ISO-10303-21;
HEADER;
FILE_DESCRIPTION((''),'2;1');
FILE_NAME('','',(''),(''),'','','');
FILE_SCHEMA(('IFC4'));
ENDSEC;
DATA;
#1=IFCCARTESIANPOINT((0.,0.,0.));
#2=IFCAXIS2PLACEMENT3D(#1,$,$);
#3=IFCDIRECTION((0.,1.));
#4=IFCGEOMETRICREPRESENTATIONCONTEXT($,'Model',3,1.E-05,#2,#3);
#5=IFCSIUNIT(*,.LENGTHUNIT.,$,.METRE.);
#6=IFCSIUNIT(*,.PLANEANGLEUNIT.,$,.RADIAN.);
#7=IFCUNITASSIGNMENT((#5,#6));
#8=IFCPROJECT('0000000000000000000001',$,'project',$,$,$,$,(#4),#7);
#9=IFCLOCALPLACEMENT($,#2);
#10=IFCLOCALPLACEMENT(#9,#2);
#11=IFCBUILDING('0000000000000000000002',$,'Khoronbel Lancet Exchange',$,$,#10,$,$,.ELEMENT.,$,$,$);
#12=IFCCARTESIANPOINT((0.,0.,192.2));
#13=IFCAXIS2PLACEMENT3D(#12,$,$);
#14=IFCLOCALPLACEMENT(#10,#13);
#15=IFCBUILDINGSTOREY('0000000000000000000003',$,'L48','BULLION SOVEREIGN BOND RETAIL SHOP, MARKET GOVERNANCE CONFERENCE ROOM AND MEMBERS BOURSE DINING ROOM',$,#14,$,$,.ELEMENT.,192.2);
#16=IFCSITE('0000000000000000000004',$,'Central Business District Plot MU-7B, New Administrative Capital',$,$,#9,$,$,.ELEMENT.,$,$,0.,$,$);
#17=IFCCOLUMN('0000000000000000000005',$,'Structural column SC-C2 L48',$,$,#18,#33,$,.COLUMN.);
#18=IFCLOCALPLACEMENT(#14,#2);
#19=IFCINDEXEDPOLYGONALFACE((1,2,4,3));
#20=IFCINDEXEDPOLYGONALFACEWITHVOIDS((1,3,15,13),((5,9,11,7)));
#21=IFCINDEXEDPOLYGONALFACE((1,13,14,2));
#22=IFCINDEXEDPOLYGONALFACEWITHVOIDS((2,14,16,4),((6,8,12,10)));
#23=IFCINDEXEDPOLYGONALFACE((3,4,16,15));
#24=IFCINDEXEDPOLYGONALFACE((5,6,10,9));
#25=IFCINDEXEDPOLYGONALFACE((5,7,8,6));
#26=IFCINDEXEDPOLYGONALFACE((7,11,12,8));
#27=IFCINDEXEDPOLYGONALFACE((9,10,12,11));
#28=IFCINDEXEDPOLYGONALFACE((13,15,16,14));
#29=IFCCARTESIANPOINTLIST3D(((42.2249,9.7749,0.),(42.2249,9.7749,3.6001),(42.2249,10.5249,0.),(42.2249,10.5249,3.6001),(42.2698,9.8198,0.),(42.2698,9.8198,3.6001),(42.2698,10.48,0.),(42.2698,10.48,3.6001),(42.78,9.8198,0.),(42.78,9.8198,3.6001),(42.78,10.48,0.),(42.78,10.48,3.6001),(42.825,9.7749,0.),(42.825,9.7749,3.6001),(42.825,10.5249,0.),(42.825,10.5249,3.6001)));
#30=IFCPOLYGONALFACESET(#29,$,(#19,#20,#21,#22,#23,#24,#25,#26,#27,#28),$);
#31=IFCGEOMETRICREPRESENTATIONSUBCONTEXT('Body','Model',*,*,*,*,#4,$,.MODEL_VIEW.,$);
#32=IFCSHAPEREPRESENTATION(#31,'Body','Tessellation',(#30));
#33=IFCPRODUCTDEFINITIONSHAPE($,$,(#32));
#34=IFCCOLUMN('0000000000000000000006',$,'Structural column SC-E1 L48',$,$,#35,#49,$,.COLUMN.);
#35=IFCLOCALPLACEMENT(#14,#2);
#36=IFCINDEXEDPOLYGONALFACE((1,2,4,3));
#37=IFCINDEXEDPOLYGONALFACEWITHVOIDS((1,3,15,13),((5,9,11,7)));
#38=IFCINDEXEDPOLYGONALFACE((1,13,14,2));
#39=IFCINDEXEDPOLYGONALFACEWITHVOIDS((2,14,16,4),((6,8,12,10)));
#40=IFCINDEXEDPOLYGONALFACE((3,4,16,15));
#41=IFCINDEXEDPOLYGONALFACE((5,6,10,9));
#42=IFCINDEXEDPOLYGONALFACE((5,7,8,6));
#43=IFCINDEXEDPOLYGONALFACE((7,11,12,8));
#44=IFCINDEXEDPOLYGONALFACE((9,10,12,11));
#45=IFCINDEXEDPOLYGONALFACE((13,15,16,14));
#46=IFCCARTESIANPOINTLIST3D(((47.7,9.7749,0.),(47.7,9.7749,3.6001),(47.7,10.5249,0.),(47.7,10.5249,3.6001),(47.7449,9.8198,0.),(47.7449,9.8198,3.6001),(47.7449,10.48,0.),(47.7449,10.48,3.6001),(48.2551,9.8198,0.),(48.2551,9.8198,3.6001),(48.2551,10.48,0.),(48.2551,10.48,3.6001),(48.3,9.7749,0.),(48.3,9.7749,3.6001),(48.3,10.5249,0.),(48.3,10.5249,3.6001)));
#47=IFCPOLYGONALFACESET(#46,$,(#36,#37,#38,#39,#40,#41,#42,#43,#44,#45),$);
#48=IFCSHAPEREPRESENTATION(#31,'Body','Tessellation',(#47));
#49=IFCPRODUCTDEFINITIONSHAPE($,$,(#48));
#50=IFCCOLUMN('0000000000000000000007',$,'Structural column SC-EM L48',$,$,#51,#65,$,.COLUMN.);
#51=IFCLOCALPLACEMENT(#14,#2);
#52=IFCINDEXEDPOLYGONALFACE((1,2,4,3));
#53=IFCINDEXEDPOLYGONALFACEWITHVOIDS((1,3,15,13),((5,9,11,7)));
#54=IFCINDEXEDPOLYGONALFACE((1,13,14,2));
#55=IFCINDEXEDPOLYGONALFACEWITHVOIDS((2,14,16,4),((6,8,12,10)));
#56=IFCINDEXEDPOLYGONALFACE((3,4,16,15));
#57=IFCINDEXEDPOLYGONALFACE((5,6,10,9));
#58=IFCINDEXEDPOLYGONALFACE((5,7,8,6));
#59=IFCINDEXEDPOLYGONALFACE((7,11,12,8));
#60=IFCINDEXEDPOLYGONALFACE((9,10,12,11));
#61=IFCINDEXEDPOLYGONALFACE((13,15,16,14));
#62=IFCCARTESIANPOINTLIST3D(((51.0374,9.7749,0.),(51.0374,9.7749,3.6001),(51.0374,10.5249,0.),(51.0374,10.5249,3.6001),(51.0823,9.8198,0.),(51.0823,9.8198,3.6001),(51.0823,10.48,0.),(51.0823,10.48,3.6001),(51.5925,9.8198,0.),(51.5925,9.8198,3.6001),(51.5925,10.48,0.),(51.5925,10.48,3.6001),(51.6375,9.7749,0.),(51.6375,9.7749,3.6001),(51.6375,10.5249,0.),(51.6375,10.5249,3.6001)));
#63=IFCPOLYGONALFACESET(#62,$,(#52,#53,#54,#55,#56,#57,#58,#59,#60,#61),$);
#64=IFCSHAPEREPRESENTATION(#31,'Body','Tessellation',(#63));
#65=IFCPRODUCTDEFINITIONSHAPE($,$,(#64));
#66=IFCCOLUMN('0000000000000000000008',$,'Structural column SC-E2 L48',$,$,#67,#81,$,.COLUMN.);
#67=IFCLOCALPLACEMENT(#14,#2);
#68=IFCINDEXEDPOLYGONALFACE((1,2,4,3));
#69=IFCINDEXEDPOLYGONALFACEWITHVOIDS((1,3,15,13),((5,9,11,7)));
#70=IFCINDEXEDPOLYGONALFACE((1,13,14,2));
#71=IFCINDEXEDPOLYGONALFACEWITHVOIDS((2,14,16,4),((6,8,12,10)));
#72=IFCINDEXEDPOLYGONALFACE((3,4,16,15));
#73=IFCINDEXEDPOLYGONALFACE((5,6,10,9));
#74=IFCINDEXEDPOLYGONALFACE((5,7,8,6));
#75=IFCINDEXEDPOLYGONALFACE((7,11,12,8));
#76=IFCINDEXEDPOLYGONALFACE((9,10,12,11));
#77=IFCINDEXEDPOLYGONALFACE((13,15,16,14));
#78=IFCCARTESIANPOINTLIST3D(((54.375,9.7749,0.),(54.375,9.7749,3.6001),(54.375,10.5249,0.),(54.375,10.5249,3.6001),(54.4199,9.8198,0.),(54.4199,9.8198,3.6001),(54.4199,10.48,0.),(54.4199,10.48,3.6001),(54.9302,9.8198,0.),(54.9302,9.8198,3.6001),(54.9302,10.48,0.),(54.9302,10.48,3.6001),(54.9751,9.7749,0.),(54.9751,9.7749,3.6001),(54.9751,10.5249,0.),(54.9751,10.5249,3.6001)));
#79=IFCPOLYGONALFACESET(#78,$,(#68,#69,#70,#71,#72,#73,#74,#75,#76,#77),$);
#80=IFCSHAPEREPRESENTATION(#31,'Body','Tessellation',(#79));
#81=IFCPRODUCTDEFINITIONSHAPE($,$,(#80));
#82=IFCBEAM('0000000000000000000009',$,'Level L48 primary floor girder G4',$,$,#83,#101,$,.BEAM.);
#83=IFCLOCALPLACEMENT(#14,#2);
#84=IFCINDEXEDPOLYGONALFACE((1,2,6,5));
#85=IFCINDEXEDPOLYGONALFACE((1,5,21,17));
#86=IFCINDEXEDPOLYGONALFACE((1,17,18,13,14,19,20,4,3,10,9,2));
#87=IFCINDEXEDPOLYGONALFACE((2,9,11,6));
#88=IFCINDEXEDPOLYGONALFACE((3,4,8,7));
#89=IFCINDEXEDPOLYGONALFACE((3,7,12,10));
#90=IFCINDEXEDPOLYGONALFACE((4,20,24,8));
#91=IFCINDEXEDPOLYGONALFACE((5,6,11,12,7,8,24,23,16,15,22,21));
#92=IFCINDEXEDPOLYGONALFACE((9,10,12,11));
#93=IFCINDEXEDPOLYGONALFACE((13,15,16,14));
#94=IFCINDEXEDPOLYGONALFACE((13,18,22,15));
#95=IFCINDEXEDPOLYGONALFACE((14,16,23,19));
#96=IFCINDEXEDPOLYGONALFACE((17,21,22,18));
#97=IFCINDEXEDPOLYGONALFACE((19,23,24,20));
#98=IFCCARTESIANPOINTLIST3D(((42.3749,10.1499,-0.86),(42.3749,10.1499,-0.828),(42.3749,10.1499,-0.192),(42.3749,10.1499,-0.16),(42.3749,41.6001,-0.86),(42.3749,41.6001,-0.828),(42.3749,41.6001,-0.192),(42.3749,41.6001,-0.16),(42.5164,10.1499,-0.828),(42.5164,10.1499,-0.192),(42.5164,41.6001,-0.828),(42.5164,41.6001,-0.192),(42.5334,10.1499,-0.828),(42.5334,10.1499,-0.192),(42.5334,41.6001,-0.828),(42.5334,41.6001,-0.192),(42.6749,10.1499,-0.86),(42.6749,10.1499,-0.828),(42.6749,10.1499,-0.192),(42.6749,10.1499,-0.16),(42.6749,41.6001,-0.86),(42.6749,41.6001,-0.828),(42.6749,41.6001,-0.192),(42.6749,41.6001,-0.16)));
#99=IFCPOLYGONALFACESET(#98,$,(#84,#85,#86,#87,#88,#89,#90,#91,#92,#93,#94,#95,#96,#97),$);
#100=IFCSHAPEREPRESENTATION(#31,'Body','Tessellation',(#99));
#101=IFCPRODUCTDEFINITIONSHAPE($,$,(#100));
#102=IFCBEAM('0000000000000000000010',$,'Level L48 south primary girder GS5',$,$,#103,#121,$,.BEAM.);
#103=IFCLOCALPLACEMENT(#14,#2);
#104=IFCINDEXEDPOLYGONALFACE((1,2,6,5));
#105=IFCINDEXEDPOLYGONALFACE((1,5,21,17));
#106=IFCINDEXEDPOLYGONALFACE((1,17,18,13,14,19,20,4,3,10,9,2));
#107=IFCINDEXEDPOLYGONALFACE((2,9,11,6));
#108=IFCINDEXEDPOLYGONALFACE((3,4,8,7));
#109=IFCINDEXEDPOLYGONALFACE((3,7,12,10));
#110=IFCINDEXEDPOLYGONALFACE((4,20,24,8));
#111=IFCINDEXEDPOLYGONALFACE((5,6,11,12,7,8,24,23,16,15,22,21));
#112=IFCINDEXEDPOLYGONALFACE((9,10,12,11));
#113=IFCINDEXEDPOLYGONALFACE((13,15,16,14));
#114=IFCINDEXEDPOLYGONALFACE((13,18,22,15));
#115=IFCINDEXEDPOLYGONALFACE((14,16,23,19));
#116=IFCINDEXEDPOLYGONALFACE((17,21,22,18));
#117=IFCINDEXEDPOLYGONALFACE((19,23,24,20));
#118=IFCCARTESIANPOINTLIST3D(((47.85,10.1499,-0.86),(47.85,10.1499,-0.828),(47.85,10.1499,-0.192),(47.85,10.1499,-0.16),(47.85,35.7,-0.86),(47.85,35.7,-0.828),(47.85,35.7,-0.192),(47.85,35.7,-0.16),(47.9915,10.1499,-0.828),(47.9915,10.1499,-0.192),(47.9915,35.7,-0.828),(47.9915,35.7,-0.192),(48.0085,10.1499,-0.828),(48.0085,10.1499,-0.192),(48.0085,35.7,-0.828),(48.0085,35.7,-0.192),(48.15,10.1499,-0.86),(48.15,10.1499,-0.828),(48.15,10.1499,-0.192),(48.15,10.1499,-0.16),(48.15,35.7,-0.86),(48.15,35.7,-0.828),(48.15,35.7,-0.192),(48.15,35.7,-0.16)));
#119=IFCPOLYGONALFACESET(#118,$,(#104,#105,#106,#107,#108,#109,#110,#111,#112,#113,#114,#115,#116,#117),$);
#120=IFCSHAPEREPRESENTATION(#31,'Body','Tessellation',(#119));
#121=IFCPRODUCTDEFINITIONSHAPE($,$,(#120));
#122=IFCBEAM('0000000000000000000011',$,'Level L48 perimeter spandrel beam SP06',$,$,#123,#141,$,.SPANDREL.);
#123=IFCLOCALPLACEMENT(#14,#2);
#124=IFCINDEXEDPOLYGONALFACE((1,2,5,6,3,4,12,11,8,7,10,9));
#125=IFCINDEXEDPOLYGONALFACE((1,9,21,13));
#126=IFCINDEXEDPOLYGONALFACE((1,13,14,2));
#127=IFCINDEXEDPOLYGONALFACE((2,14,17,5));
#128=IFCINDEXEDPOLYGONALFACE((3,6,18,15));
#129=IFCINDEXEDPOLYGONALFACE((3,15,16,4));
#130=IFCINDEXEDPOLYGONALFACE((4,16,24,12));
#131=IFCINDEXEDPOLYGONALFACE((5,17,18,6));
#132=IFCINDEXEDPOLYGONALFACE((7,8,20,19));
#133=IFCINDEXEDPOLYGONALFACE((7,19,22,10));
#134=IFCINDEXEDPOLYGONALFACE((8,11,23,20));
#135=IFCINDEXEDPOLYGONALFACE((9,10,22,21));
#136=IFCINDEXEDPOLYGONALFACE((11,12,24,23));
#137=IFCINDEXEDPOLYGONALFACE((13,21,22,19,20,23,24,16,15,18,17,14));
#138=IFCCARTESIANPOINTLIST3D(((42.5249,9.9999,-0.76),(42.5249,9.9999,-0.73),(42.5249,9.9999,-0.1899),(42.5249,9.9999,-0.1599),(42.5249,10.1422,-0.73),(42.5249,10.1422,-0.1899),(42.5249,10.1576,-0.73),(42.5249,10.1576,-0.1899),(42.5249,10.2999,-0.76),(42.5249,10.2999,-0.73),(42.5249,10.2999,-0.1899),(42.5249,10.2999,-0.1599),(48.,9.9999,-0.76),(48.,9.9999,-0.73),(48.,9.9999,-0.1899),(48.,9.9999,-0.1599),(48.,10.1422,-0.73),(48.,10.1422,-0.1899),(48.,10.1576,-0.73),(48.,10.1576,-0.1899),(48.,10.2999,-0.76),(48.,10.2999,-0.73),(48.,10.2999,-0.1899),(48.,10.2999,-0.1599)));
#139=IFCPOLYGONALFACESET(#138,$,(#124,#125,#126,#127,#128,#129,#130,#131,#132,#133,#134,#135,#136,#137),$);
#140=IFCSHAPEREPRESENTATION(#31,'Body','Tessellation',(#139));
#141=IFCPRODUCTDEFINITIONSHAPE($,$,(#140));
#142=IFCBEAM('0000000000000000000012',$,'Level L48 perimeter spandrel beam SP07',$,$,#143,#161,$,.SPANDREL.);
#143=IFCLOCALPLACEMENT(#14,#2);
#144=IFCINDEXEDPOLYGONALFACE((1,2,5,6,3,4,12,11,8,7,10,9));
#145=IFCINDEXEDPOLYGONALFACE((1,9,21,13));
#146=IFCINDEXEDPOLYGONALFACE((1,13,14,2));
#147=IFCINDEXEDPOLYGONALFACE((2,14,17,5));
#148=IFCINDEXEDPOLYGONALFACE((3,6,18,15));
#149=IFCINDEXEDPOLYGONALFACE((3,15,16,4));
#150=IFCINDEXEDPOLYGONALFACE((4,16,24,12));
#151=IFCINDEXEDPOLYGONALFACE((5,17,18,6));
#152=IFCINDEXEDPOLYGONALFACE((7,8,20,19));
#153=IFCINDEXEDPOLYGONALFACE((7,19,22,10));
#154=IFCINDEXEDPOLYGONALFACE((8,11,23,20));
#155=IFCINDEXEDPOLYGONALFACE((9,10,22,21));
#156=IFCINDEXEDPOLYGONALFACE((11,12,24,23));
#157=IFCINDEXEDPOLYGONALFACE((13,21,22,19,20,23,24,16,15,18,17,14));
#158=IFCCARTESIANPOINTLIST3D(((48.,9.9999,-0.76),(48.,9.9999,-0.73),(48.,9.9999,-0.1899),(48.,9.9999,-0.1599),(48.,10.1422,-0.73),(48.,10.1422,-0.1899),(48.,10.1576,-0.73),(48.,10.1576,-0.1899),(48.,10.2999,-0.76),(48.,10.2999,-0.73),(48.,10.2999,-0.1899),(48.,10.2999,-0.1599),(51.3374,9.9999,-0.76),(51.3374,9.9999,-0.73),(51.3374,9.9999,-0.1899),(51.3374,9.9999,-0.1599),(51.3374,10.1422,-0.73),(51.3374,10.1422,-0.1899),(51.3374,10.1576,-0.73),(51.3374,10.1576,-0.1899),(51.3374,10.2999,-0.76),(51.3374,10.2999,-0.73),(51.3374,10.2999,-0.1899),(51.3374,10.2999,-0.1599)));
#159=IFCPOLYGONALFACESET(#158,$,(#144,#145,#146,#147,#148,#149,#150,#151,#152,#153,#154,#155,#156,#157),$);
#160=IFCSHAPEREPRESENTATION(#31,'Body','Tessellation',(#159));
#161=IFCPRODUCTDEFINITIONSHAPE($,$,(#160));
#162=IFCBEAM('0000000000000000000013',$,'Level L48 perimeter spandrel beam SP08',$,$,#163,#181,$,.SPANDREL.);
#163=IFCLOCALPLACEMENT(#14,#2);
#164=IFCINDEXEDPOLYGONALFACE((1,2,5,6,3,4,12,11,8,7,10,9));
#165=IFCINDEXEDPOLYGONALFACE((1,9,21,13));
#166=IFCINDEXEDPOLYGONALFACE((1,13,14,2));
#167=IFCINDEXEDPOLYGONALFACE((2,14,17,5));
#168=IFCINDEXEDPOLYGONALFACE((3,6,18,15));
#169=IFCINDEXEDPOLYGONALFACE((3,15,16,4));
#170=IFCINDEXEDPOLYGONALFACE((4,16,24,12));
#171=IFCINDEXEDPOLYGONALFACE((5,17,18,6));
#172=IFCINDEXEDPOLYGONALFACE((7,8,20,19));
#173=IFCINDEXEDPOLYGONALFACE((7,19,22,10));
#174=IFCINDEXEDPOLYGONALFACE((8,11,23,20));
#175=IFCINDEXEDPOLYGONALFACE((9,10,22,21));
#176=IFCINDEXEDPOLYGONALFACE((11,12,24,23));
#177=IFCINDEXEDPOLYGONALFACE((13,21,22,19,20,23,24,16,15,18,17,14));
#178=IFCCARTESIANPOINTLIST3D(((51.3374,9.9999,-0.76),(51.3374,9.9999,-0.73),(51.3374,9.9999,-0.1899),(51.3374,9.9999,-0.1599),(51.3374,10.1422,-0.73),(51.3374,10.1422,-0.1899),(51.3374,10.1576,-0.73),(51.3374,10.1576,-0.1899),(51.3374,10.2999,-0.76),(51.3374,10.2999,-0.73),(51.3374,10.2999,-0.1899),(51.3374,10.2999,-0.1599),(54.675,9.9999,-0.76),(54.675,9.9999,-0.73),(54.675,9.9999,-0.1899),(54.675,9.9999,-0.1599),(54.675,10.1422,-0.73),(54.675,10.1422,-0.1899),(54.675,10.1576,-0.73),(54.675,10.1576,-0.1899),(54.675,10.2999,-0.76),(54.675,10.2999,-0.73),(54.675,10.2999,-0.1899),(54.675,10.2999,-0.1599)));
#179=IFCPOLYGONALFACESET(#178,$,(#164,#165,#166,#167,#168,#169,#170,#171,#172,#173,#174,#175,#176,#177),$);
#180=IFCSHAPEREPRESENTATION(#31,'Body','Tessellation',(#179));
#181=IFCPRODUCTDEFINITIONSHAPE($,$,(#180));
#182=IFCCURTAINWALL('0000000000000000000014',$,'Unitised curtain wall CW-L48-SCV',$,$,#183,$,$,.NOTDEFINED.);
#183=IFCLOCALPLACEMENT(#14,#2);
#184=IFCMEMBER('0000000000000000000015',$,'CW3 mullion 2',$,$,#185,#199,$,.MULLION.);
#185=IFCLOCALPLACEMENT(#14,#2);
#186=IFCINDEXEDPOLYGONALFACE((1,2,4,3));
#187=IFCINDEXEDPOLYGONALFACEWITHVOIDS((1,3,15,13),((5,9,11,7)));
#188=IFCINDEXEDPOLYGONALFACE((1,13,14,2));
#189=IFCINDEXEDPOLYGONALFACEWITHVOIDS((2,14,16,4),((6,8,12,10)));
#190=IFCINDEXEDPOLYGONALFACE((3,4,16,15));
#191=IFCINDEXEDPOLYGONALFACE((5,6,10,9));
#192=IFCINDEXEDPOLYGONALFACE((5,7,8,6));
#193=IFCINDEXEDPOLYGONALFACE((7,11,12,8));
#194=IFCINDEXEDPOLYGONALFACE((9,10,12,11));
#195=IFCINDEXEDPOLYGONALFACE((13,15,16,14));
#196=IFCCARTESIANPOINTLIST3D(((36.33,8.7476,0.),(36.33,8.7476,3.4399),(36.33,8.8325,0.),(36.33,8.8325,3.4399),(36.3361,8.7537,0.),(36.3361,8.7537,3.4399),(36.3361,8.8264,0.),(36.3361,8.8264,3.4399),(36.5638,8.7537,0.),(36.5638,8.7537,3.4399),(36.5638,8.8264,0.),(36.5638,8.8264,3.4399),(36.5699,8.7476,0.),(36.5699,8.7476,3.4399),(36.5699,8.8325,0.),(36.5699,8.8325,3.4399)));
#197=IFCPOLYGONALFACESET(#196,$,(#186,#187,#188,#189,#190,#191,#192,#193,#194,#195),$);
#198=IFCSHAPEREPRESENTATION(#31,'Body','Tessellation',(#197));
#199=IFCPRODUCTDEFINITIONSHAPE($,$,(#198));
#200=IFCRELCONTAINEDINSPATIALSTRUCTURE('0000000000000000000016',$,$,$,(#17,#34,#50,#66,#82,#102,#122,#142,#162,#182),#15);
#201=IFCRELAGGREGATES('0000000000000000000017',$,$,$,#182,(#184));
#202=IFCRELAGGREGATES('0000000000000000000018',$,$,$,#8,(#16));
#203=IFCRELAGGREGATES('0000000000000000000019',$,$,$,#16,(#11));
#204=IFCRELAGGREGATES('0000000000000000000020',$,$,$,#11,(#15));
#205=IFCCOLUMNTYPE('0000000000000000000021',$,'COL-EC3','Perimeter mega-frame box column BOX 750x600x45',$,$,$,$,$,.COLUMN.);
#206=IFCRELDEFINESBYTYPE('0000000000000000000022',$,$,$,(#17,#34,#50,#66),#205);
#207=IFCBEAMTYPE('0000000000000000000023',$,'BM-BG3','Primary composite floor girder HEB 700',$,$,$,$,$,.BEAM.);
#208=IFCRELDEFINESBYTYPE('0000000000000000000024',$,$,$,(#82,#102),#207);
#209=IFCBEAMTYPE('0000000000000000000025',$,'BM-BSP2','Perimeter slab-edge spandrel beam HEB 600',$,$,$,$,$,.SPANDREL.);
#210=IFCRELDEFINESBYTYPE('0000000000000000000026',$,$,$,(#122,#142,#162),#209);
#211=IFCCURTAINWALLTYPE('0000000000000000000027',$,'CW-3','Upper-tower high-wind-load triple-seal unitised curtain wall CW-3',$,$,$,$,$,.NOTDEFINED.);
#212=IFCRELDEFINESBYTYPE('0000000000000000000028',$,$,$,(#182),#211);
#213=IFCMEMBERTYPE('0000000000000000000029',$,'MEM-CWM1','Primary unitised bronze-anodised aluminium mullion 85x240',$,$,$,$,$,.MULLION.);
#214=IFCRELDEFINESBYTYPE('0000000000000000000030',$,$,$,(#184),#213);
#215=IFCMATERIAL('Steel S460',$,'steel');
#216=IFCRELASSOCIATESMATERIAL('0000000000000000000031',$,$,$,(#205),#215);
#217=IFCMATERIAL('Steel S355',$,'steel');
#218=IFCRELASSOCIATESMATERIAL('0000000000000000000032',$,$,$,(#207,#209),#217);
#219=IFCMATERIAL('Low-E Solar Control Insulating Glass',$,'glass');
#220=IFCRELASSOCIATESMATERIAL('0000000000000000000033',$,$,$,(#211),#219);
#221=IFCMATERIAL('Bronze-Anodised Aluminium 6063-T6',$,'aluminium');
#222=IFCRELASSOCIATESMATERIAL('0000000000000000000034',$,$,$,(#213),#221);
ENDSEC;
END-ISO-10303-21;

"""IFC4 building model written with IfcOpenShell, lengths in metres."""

from ifc_helpers import new_model, si_unit, direction, frame, origin, origin_2d, place, context, subcontext, project, spatial, hollow_rectangle, i_section, extrude, material, material_profile, profile_set, type_object, element, aggregate, save


model = new_model("IFC4")

# Units and contexts
model_context = context("Model", 3, precision=1e-05, world=origin(), true_north=direction((0.0, 1.0)))
body_context = subcontext(model_context, "Body", "Model", "MODEL_VIEW")
ifc_project = project(units=[si_unit("LENGTHUNIT", "METRE"), si_unit("PLANEANGLEUNIT", "RADIAN")], contexts=[model_context])

# Site, building, storey
site_placement = place(None, origin())
site = spatial("IfcSite", under=ifc_project, at=site_placement, Name="Central Business District Plot MU-7B, New Administrative Capital", CompositionType="ELEMENT", RefElevation=0.0)
building_placement = place(site_placement, origin())
building = spatial("IfcBuilding", under=site, at=building_placement, Name="Khoronbel Lancet Exchange", CompositionType="ELEMENT")
storey_placement = place(building_placement, frame((0.0, 0.0, 192.2)))
storey = spatial("IfcBuildingStorey", under=building, at=storey_placement, Name="L48", Description="BULLION SOVEREIGN BOND RETAIL SHOP, MARKET GOVERNANCE CONFERENCE ROOM AND MEMBERS BOURSE DINING ROOM", CompositionType="ELEMENT", Elevation=192.2)

# Columns
ifc_material_1 = material(Name="Steel S460", Category="steel")
ifc_material_profile_1 = material_profile(ifc_material_1, hollow_rectangle(XDim=0.6001, YDim=0.75, WallThickness=0.0449, at=origin_2d()), Name="BOX 750x600x45")
ifc_profile_set_1 = profile_set([ifc_material_profile_1], Name="Steel S460")
column_type = type_object("IfcColumnType", Name="COL-EC3", Description="Perimeter mega-frame box column BOX 750x600x45", PredefinedType="COLUMN", material=ifc_profile_set_1)
for number, where, z_axis, x_axis, name in (
    (1, (42.5249, 10.1499, 0.0), (0.0, 0.0, 1.0), (1.0, 0.0, 0.0), "Structural column SC-C2 L48"),
    (2, (48.0, 10.1499, 0.0), (0.0, 0.0, 1.0), (1.0, 0.0, 0.0), "Structural column SC-E1 L48"),
    (3, (51.3374, 10.1499, 0.0), (0.0, 0.0, 1.0), (1.0, 0.0, 0.0), "Structural column SC-EM L48"),
    (4, (54.675, 10.1499, 0.0), (0.0, 0.0, 1.0), (1.0, 0.0, 0.0), "Structural column SC-E2 L48"),
):
    element("IfcColumn", number, at=place(storey_placement, frame(where, z_axis=z_axis, x_axis=x_axis)), inside=storey, type_object=column_type, Name=name, PredefinedType="COLUMN", context=body_context, shape_type="SweptSolid", body=[
        extrude(hollow_rectangle(XDim=0.6001, YDim=0.75, WallThickness=0.0449, at=origin_2d()), origin(), (0.0, 0.0, 1.0), 3.6001),
    ])

# Beams
ifc_material_2 = material(Name="Steel S355", Category="steel")
ifc_material_profile_2 = material_profile(ifc_material_2, i_section(OverallWidth=0.3, OverallDepth=0.7, WebThickness=0.0171, FlangeThickness=0.032, at=origin_2d()), Name="HEB 700")
ifc_profile_set_2 = profile_set([ifc_material_profile_2], Name="Steel S355")
beam_type_1 = type_object("IfcBeamType", Name="BM-BG3", Description="Primary composite floor girder HEB 700", PredefinedType="BEAM", material=ifc_profile_set_2)
beam_1_placement = place(storey_placement, frame((42.5249, 10.1499, -0.51), z_axis=(0.0, 1.0, 0.0), x_axis=(-1.0, 0.0, 0.0)))
element("IfcBeam", 5, at=beam_1_placement, inside=storey, type_object=beam_type_1, Name="Level L48 primary floor girder G4", PredefinedType="BEAM", context=body_context, shape_type="SweptSolid", body=[
    extrude(i_section(OverallWidth=0.3, OverallDepth=0.7, WebThickness=0.0171, FlangeThickness=0.032, at=origin_2d()), origin(), (0.0, 0.0, 1.0), 31.4502),
])
beam_2_placement = place(storey_placement, frame((48.0, 10.1499, -0.51), z_axis=(0.0, 1.0, 0.0), x_axis=(-1.0, 0.0, 0.0)))
element("IfcBeam", 6, at=beam_2_placement, inside=storey, type_object=beam_type_1, Name="Level L48 south primary girder GS5", PredefinedType="BEAM", context=body_context, shape_type="SweptSolid", body=[
    extrude(i_section(OverallWidth=0.3, OverallDepth=0.7, WebThickness=0.0171, FlangeThickness=0.032, at=origin_2d()), origin(), (0.0, 0.0, 1.0), 25.55),
])
ifc_material_profile_3 = material_profile(ifc_material_2, i_section(OverallWidth=0.3, OverallDepth=0.6001, WebThickness=0.0154, FlangeThickness=0.03, at=origin_2d()), Name="HEB 600")
ifc_profile_set_3 = profile_set([ifc_material_profile_3], Name="Steel S355")
beam_type_2 = type_object("IfcBeamType", Name="BM-BSP2", Description="Perimeter slab-edge spandrel beam HEB 600", PredefinedType="SPANDREL", material=ifc_profile_set_3)
beam_3_placement = place(storey_placement, frame((42.5249, 10.1499, -0.46), z_axis=(1.0, 0.0, 0.0), x_axis=(0.0, 1.0, 0.0)))
element("IfcBeam", 7, at=beam_3_placement, inside=storey, type_object=beam_type_2, Name="Level L48 perimeter spandrel beam SP06", PredefinedType="SPANDREL", context=body_context, shape_type="SweptSolid", body=[
    extrude(i_section(OverallWidth=0.3, OverallDepth=0.6001, WebThickness=0.0154, FlangeThickness=0.03, at=origin_2d()), origin(), (0.0, 0.0, 1.0), 5.4751),
])
beam_4_placement = place(storey_placement, frame((48.0, 10.1499, -0.46), z_axis=(1.0, 0.0, 0.0), x_axis=(0.0, 1.0, 0.0)))
element("IfcBeam", 8, at=beam_4_placement, inside=storey, type_object=beam_type_2, Name="Level L48 perimeter spandrel beam SP07", PredefinedType="SPANDREL", context=body_context, shape_type="SweptSolid", body=[
    extrude(i_section(OverallWidth=0.3, OverallDepth=0.6001, WebThickness=0.0154, FlangeThickness=0.03, at=origin_2d()), origin(), (0.0, 0.0, 1.0), 3.3374),
])
beam_5_placement = place(storey_placement, frame((51.3374, 10.1499, -0.46), z_axis=(1.0, 0.0, 0.0), x_axis=(0.0, 1.0, 0.0)))
element("IfcBeam", 9, at=beam_5_placement, inside=storey, type_object=beam_type_2, Name="Level L48 perimeter spandrel beam SP08", PredefinedType="SPANDREL", context=body_context, shape_type="SweptSolid", body=[
    extrude(i_section(OverallWidth=0.3, OverallDepth=0.6001, WebThickness=0.0154, FlangeThickness=0.03, at=origin_2d()), origin(), (0.0, 0.0, 1.0), 3.3376),
])

# Curtain wall, member
ifc_material_3 = material(Name="Low-E Solar Control Insulating Glass", Category="glass")
curtain_wall_type = type_object("IfcCurtainWallType", Name="CW-3", Description="Upper-tower high-wind-load triple-seal unitised curtain wall CW-3", PredefinedType="NOTDEFINED", material=ifc_material_3)
curtain_wall_1_placement = place(storey_placement, origin())
curtain_wall_1 = element("IfcCurtainWall", 10, at=curtain_wall_1_placement, inside=storey, type_object=curtain_wall_type, Name="Unitised curtain wall CW-L48-SCV", PredefinedType="NOTDEFINED")
ifc_material_4 = material(Name="Bronze-Anodised Aluminium 6063-T6", Category="aluminium")
ifc_material_profile_4 = material_profile(ifc_material_4, hollow_rectangle(XDim=0.085, YDim=0.24, WallThickness=0.0061, at=origin_2d()), Name="ALU MULLION 85x240")
ifc_profile_set_4 = profile_set([ifc_material_profile_4], Name="Bronze-Anodised Aluminium 6063-T6")
member_type_1 = type_object("IfcMemberType", Name="MEM-CWM1", Description="Primary unitised bronze-anodised aluminium mullion 85x240", PredefinedType="MULLION", material=ifc_profile_set_4)
member_1_placement = place(storey_placement, frame((36.45, 8.79, 0.0), z_axis=(0.0, 0.0, 1.0), x_axis=(0.0, 1.0, 0.0)))
member_1 = element("IfcMember", 11, at=member_1_placement, type_object=member_type_1, Name="CW3 mullion 2", PredefinedType="MULLION", context=body_context, shape_type="SweptSolid", body=[
    extrude(hollow_rectangle(XDim=0.085, YDim=0.24, WallThickness=0.0061, at=origin_2d()), origin(), (0.0, 0.0, 1.0), 3.4399),
])

aggregate(curtain_wall_1, [member_1])

save(model, "model.ifc")
